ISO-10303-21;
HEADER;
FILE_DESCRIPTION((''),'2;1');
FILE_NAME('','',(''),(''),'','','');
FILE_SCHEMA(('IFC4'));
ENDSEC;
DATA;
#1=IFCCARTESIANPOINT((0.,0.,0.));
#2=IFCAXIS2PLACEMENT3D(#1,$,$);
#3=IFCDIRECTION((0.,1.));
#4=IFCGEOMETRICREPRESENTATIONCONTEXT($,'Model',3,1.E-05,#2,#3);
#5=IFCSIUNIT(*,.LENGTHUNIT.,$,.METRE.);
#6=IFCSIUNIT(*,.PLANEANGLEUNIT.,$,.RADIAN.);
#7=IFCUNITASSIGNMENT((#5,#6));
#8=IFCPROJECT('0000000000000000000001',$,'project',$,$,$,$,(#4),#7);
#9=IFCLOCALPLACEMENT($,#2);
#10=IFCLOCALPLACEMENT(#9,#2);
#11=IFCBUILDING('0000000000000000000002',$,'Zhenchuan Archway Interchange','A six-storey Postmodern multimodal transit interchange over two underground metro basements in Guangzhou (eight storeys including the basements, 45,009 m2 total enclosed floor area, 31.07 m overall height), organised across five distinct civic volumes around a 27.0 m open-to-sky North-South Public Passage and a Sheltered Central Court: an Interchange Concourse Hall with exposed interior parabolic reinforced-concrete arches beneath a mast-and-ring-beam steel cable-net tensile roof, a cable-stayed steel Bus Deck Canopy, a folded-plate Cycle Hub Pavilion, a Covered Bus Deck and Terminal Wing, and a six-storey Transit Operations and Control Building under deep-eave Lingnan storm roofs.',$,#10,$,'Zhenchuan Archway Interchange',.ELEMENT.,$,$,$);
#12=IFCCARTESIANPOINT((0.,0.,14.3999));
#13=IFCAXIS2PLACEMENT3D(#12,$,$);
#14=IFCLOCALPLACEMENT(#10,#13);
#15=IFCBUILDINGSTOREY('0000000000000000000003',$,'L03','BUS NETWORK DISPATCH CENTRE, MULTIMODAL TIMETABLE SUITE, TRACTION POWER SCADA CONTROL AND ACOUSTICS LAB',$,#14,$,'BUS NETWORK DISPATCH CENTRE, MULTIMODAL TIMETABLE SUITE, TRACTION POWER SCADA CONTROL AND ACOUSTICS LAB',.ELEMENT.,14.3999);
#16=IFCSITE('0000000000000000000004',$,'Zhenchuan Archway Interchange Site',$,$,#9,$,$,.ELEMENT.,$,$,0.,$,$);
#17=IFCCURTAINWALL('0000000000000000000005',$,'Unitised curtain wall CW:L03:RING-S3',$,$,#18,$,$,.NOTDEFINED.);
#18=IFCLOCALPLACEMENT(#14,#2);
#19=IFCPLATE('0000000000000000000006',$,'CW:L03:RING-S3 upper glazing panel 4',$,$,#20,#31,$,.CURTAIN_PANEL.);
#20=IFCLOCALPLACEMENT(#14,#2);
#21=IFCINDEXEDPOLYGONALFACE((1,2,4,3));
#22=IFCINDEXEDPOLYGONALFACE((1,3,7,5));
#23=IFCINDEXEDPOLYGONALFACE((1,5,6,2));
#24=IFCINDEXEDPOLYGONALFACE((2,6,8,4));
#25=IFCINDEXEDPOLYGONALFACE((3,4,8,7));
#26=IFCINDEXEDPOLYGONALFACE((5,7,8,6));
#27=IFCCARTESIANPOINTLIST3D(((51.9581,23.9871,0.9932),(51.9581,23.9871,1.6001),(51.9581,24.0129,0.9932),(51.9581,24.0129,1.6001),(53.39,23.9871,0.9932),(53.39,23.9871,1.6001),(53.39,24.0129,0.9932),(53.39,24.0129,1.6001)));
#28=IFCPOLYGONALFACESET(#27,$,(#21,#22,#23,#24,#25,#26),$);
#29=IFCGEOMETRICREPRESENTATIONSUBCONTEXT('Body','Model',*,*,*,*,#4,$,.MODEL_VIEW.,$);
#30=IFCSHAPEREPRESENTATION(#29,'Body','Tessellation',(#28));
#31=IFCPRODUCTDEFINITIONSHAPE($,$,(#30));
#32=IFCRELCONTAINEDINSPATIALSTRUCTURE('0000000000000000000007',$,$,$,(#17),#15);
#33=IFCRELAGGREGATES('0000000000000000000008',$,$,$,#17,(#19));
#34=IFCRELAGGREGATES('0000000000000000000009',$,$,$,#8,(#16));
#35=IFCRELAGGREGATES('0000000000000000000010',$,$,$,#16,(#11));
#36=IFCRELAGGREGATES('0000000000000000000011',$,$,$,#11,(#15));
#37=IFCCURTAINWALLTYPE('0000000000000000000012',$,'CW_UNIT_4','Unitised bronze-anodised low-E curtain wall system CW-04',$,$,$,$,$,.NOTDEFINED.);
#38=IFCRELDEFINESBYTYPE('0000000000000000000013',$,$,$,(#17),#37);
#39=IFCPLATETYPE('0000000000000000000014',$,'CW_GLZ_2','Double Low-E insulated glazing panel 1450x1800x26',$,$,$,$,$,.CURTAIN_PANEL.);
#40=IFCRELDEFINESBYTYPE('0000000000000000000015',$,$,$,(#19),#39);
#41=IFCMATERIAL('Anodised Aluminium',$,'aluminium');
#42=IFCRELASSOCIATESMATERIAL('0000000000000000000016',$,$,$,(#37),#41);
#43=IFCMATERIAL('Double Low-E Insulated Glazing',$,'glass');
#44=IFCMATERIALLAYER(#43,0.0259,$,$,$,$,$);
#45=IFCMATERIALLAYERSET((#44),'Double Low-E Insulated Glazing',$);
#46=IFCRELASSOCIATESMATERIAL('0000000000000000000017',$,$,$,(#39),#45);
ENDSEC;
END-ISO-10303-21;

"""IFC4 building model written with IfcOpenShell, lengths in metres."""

from ifc_helpers import new_model, si_unit, direction, frame, origin, origin_2d, place, context, subcontext, project, spatial, rectangle, extrude, material, layer, layer_set, type_object, element, aggregate, save


model = new_model("IFC4")

# Units and contexts
model_context = context("Model", 3, precision=1e-05, world=origin(), true_north=direction((0.0, 1.0)))
body_context = subcontext(model_context, "Body", "Model", "MODEL_VIEW")
ifc_project = project(units=[si_unit("LENGTHUNIT", "METRE"), si_unit("PLANEANGLEUNIT", "RADIAN")], contexts=[model_context])

# Site, building, storey
site_placement = place(None, origin())
site = spatial("IfcSite", under=ifc_project, at=site_placement, Name="Zhenchuan Archway Interchange Site", CompositionType="ELEMENT", RefElevation=0.0)
building_placement = place(site_placement, origin())
building = spatial("IfcBuilding", under=site, at=building_placement, Name="Zhenchuan Archway Interchange", Description="A six-storey Postmodern multimodal transit interchange over two underground metro basements in Guangzhou (eight storeys including the basements, 45,009 m2 total enclosed floor area, 31.07 m overall height), organised across five distinct civic volumes around a 27.0 m open-to-sky North-South Public Passage and a Sheltered Central Court: an Interchange Concourse Hall with exposed interior parabolic reinforced-concrete arches beneath a mast-and-ring-beam steel cable-net tensile roof, a cable-stayed steel Bus Deck Canopy, a folded-plate Cycle Hub Pavilion, a Covered Bus Deck and Terminal Wing, and a six-storey Transit Operations and Control Building under deep-eave Lingnan storm roofs.", LongName="Zhenchuan Archway Interchange", CompositionType="ELEMENT")
storey_placement = place(building_placement, frame((0.0, 0.0, 14.3999)))
storey = spatial("IfcBuildingStorey", under=building, at=storey_placement, Name="L03", Description="BUS NETWORK DISPATCH CENTRE, MULTIMODAL TIMETABLE SUITE, TRACTION POWER SCADA CONTROL AND ACOUSTICS LAB", LongName="BUS NETWORK DISPATCH CENTRE, MULTIMODAL TIMETABLE SUITE, TRACTION POWER SCADA CONTROL AND ACOUSTICS LAB", CompositionType="ELEMENT", Elevation=14.3999)

# Curtain wall
ifc_material_1 = material(Name="Anodised Aluminium", Category="aluminium")
curtain_wall_type = type_object("IfcCurtainWallType", Name="CW_UNIT_4", Description="Unitised bronze-anodised low-E curtain wall system CW-04", PredefinedType="NOTDEFINED", material=ifc_material_1)
curtain_wall_1_placement = place(storey_placement, origin())
curtain_wall_1 = element("IfcCurtainWall", 1, at=curtain_wall_1_placement, inside=storey, type_object=curtain_wall_type, Name="Unitised curtain wall CW:L03:RING-S3", PredefinedType="NOTDEFINED")

# Plate
ifc_material_2 = material(Name="Double Low-E Insulated Glazing", Category="glass")
ifc_layer_1 = layer(ifc_material_2, 0.0259)
ifc_layer_set_1 = layer_set([ifc_layer_1], Name="Double Low-E Insulated Glazing")
plate_type_1 = type_object("IfcPlateType", Name="CW_GLZ_2", Description="Double Low-E insulated glazing panel 1450x1800x26", PredefinedType="CURTAIN_PANEL", material=ifc_layer_set_1)
plate_1_placement = place(storey_placement, frame((52.6741, 24.0, 0.9932), z_axis=(0.0, 0.0, 1.0), x_axis=(1.0, 0.0, 0.0)))
plate_1 = element("IfcPlate", 2, at=plate_1_placement, type_object=plate_type_1, Name="CW:L03:RING-S3 upper glazing panel 4", PredefinedType="CURTAIN_PANEL", context=body_context, shape_type="SweptSolid", body=[
    extrude(rectangle(XDim=1.4319, YDim=0.0259, at=origin_2d()), origin(), (0.0, 0.0, 1.0), 0.6069),
])
aggregate(curtain_wall_1, [plate_1])

save(model, "model.ifc")
